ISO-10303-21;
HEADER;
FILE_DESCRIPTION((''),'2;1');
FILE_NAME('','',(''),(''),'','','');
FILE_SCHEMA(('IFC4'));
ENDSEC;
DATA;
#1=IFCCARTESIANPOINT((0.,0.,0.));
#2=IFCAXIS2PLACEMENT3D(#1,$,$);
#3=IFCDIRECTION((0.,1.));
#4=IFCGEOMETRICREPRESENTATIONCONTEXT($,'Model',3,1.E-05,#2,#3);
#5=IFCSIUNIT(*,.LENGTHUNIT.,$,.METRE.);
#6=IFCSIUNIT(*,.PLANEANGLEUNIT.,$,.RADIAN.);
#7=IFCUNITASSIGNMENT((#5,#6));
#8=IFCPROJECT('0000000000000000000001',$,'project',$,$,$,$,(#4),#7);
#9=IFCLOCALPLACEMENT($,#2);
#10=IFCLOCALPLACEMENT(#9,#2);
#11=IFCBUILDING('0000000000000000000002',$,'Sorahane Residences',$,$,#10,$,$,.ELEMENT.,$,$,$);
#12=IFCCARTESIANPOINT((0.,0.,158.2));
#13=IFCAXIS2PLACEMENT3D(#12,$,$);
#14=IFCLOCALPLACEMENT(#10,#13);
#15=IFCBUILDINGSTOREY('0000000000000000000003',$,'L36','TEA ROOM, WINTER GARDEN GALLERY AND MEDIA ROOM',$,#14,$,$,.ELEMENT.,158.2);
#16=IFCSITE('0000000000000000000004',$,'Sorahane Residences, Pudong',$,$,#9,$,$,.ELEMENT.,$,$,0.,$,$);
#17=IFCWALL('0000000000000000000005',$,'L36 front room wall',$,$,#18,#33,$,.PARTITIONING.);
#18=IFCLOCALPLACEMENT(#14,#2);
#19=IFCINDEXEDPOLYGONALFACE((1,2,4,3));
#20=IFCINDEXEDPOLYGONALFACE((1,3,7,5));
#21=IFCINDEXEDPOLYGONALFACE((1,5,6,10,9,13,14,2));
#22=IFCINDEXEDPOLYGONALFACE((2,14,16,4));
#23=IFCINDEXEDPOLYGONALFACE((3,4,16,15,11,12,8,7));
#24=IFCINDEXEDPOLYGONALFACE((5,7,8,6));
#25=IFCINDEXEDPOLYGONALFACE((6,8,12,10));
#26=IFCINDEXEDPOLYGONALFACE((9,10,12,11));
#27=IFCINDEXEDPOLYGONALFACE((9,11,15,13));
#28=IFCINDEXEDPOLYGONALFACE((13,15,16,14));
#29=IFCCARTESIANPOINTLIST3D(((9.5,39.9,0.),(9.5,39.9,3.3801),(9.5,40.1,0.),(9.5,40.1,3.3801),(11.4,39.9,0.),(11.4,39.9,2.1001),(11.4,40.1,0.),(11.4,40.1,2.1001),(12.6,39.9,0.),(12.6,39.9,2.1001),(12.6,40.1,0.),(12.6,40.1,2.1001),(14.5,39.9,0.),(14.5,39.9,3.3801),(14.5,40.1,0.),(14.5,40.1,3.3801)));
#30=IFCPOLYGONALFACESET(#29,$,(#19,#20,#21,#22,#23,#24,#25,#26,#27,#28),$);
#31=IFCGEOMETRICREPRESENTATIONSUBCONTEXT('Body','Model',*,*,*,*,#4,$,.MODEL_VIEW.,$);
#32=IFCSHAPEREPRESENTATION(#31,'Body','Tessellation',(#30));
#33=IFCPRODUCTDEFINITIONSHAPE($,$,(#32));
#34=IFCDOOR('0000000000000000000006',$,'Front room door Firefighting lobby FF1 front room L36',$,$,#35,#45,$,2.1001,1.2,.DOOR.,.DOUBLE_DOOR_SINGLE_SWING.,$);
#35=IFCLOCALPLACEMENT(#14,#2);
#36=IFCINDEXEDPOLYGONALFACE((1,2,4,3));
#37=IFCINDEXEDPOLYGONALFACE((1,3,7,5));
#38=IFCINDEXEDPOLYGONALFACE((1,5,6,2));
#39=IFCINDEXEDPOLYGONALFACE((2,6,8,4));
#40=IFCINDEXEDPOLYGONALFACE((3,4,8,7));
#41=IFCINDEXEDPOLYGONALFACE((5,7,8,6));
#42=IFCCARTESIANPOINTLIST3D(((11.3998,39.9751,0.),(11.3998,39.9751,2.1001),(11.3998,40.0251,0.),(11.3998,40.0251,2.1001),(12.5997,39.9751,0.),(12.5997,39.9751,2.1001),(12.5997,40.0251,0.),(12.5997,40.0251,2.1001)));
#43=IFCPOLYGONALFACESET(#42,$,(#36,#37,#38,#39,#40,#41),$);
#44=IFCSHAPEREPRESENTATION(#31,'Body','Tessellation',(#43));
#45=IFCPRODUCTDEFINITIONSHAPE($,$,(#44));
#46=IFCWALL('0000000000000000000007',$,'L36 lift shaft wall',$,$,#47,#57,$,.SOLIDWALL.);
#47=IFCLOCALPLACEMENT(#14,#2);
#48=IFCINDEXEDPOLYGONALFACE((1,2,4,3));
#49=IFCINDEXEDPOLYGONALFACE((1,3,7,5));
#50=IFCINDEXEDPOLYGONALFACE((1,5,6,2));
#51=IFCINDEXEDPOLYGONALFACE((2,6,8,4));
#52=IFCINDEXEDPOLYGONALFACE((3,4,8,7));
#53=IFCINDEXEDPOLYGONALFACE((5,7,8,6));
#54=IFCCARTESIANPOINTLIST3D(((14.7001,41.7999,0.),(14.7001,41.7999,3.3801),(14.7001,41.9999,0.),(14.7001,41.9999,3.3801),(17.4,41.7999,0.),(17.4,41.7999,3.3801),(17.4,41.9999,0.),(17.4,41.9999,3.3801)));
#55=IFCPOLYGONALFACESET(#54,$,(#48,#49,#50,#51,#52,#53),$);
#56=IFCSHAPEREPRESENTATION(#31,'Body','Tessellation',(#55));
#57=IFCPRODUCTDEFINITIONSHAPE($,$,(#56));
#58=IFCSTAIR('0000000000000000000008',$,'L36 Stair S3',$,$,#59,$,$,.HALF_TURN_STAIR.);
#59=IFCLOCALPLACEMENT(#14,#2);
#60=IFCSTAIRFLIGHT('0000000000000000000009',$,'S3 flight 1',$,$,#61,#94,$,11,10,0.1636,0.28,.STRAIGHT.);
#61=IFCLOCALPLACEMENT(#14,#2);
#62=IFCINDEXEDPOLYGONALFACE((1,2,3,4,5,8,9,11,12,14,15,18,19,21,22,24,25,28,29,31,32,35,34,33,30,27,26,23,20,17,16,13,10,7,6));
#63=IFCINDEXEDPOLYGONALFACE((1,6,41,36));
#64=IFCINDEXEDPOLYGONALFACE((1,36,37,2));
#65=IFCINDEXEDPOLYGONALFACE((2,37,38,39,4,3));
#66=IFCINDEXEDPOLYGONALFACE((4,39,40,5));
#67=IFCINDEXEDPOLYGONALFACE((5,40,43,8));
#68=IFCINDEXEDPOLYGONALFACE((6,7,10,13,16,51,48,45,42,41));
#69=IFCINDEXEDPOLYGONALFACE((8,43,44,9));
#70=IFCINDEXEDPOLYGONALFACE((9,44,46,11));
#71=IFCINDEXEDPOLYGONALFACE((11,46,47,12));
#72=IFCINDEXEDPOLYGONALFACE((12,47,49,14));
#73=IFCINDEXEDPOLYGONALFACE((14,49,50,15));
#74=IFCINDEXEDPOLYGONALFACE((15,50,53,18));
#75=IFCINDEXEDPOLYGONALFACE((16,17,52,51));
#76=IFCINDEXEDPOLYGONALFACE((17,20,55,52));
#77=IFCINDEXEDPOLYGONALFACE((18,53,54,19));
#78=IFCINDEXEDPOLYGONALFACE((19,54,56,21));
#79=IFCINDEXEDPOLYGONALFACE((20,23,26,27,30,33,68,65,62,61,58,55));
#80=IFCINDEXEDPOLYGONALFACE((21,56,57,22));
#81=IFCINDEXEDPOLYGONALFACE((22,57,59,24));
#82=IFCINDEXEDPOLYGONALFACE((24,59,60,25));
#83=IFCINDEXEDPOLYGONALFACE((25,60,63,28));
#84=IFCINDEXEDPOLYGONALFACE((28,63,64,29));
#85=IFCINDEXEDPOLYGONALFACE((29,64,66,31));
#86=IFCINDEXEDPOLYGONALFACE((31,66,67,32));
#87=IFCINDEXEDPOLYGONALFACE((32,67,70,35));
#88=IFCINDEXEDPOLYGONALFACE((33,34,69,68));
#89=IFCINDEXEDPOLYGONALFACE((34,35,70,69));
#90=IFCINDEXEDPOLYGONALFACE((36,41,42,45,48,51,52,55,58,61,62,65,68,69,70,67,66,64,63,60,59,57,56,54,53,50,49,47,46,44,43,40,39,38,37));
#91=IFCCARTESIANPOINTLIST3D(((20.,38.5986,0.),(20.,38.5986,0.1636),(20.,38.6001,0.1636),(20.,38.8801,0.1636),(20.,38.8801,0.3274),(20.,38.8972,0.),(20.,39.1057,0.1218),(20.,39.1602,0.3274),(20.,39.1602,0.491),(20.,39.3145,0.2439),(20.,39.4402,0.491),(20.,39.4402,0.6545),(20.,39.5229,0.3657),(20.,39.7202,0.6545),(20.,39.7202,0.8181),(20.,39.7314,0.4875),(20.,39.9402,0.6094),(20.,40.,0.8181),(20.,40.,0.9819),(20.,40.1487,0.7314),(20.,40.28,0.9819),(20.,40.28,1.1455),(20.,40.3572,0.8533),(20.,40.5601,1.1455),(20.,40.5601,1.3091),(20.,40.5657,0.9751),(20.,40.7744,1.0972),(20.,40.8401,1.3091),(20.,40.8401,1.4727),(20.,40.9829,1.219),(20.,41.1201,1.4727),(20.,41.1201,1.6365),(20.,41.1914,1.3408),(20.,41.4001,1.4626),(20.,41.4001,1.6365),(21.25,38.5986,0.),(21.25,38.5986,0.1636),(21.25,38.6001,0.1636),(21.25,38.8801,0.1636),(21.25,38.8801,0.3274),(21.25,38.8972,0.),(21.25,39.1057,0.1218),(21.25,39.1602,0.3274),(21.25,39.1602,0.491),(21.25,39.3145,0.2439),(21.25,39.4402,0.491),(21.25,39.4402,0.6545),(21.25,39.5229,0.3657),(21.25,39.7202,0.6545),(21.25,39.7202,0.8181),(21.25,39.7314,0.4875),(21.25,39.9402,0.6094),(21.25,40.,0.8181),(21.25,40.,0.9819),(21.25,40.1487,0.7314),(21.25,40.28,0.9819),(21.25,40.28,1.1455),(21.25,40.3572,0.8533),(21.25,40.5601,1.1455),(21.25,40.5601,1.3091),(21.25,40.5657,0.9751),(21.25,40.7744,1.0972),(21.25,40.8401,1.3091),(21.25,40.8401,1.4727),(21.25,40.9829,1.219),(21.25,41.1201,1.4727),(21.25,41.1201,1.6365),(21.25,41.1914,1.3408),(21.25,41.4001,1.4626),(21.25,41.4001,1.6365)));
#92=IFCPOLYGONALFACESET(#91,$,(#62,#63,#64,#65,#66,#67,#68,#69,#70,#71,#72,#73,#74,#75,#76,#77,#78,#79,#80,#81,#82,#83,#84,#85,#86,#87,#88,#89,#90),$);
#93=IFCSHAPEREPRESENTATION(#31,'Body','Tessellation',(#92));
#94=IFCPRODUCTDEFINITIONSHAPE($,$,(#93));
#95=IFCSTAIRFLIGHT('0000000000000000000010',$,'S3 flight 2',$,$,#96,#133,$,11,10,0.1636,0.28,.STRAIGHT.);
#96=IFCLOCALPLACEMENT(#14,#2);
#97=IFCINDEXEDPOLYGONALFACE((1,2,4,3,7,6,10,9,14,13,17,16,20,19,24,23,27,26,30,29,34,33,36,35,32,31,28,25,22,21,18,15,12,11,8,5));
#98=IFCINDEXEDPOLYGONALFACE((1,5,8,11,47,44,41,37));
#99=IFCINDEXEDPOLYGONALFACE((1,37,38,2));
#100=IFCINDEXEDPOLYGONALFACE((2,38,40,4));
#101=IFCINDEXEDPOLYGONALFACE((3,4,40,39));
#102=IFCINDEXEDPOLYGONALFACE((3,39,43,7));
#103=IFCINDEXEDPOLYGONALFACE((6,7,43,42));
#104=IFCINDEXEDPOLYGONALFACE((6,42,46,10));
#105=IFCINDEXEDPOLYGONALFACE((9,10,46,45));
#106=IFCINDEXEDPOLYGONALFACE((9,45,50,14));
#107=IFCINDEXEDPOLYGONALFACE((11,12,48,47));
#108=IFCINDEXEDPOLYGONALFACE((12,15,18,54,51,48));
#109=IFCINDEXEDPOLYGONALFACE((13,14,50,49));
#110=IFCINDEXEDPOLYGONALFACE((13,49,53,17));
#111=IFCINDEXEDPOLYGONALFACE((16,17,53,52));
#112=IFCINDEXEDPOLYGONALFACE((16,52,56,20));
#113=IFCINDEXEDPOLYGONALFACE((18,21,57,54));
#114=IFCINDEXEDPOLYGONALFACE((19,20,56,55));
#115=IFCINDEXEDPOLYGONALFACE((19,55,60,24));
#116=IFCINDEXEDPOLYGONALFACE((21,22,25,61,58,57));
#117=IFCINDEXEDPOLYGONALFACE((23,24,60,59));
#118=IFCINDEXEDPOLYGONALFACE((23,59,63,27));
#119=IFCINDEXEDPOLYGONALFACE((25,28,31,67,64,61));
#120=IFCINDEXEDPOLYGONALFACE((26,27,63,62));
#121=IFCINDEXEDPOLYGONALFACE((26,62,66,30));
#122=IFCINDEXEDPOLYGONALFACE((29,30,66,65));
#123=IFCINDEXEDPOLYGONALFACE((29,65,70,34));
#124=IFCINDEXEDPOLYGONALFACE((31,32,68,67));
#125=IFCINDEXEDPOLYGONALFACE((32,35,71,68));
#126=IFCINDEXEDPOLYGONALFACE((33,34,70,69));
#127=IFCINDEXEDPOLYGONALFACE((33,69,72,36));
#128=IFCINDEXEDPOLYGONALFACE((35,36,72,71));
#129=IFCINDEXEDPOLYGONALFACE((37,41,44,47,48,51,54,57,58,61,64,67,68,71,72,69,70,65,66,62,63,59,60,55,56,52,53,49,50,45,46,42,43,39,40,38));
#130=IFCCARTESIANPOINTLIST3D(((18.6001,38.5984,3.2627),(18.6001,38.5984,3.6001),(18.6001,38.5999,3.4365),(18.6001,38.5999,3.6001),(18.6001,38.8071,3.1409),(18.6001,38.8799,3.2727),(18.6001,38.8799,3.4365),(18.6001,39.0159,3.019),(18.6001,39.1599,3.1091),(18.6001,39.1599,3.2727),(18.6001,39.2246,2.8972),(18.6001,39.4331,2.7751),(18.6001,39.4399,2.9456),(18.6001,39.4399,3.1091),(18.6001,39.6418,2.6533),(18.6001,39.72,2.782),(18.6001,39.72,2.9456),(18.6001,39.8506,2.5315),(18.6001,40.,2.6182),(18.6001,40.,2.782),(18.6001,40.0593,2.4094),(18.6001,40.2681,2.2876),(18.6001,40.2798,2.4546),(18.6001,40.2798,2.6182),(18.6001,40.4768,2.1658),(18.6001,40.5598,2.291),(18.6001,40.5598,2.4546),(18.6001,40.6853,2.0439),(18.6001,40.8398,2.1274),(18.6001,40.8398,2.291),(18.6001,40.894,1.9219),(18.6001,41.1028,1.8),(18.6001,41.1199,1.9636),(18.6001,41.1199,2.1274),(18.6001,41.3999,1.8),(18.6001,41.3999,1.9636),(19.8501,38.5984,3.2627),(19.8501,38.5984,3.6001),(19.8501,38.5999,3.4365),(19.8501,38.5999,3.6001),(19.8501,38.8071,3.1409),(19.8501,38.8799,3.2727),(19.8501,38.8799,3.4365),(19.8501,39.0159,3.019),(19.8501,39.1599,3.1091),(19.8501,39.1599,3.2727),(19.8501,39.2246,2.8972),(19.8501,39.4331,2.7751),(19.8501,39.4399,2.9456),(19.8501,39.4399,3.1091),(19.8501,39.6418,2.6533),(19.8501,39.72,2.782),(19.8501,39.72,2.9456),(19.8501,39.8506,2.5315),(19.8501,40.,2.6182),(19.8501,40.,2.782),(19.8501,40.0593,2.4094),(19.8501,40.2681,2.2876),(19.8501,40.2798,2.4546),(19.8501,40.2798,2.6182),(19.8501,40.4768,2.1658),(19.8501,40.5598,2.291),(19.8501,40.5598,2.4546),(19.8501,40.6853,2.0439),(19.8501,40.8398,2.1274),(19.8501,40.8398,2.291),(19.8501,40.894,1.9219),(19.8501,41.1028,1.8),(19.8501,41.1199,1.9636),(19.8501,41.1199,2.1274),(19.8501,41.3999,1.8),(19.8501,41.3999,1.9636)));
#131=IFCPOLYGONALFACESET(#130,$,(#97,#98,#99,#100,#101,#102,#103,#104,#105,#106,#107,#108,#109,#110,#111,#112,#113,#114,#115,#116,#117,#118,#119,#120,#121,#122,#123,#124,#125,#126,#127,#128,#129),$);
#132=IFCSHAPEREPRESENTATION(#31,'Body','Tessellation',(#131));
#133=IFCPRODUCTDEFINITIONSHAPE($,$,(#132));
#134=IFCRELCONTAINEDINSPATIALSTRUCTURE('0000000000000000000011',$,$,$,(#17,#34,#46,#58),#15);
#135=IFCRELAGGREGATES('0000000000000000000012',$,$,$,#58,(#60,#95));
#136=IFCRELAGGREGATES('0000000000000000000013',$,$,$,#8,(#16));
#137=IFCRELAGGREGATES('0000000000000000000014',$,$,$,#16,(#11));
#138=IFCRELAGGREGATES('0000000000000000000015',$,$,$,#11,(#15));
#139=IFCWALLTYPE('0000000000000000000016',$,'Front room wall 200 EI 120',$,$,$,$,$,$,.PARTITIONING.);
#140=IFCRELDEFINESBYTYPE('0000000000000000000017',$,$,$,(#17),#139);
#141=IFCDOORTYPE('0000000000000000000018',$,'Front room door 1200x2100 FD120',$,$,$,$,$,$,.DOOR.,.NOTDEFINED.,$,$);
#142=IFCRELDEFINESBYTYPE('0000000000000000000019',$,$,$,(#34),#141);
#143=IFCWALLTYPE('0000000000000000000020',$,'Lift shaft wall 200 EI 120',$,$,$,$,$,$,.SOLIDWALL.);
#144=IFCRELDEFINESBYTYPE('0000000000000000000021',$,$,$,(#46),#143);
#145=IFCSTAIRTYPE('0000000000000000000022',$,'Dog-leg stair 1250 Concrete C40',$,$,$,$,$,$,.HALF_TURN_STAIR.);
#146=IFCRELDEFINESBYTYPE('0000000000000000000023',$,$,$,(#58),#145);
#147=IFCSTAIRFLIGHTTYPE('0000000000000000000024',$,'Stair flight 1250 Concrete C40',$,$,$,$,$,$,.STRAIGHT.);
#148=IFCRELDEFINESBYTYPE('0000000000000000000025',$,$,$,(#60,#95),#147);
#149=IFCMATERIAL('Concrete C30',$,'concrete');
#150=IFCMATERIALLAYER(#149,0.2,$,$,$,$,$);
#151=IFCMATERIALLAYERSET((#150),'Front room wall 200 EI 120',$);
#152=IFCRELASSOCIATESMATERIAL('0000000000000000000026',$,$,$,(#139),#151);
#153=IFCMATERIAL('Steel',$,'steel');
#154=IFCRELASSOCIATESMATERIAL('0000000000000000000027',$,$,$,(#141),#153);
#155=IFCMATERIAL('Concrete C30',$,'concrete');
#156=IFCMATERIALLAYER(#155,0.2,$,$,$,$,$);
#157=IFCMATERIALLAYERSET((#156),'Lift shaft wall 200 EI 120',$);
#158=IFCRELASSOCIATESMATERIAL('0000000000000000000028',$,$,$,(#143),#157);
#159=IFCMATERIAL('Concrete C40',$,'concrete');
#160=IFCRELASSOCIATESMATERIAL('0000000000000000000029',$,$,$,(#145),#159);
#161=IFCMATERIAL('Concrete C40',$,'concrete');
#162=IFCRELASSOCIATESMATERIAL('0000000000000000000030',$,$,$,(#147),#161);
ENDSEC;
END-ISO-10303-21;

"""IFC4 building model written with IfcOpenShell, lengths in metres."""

from ifc_helpers import new_model, si_unit, direction, frame, frame_2d, origin, place, context, subcontext, project, spatial, polyline, rectangle, outline, extrude, material, layer, layer_set, type_object, element, fill, aggregate, save


model = new_model("IFC4")

# Units and contexts
model_context = context("Model", 3, precision=1e-05, world=origin(), true_north=direction((0.0, 1.0)))
body_context = subcontext(model_context, "Body", "Model", "MODEL_VIEW")
ifc_project = project(units=[si_unit("LENGTHUNIT", "METRE"), si_unit("PLANEANGLEUNIT", "RADIAN")], contexts=[model_context])

# Site, building, storey
site_placement = place(None, origin())
site = spatial("IfcSite", under=ifc_project, at=site_placement, Name="Sorahane Residences, Pudong", CompositionType="ELEMENT", RefElevation=0.0)
building_placement = place(site_placement, origin())
building = spatial("IfcBuilding", under=site, at=building_placement, Name="Sorahane Residences", CompositionType="ELEMENT")
storey_placement = place(building_placement, frame((0.0, 0.0, 158.2)))
storey = spatial("IfcBuildingStorey", under=building, at=storey_placement, Name="L36", Description="TEA ROOM, WINTER GARDEN GALLERY AND MEDIA ROOM", CompositionType="ELEMENT", Elevation=158.2)

# Wall, opening, door
ifc_material_1 = material(Name="Concrete C30", Category="concrete")
ifc_layer_1 = layer(ifc_material_1, 0.2)
ifc_layer_set_1 = layer_set([ifc_layer_1], Name="Front room wall 200 EI 120")
wall_type_1 = type_object("IfcWallType", Name="Front room wall 200 EI 120", PredefinedType="PARTITIONING", material=ifc_layer_set_1)
ifc_material_2 = material(Name="Steel", Category="steel")
door_type = type_object("IfcDoorType", Name="Front room door 1200x2100 FD120", OperationType="NOTDEFINED", PredefinedType="DOOR", material=ifc_material_2)
wall_1_placement = place(storey_placement, frame((9.5, 40.0, 0.0), z_axis=(0.0, 0.0, 1.0), x_axis=(1.0, 0.0, 0.0)))
wall_1 = element("IfcWall", 1, at=wall_1_placement, inside=storey, type_object=wall_type_1, Name="L36 front room wall", PredefinedType="PARTITIONING", context=body_context, shape_type="SweptSolid", body=[
    extrude(rectangle(XDim=5.0, YDim=0.2, at=frame_2d((2.5, 0.0))), origin(), (0.0, 0.0, 1.0), 3.3801),
])
opening_1_placement = place(wall_1_placement, frame((1.8999, 0.0, 0.0)))
opening_1 = element("IfcOpeningElement", 2, at=opening_1_placement, cuts=wall_1, PredefinedType="OPENING", context=body_context, shape_type="SweptSolid", body=[
    extrude(rectangle(XDim=1.2, YDim=2.1001, at=frame_2d((0.6001, 1.05))), frame((0.0, 0.1099, 0.0), z_axis=(0.0, -1.0, 0.0), x_axis=(1.0, 0.0, 0.0)), (0.0, 0.0, 1.0), 0.22),
])
door_1_placement = place(opening_1_placement, frame((1.2, 0.0, 0.0), z_axis=(0.0, 0.0, 1.0), x_axis=(-1.0, 0.0, 0.0)))
door_1 = element("IfcDoor", 3, at=door_1_placement, inside=storey, type_object=door_type, Name="Front room door Firefighting lobby FF1 front room L36", OperationType="DOUBLE_DOOR_SINGLE_SWING", OverallHeight=2.1001, OverallWidth=1.2, PredefinedType="DOOR", context=body_context, shape_type="SweptSolid", body=[
    extrude(rectangle(XDim=1.2, YDim=2.1001, at=frame_2d((0.6001, 1.05))), frame((0.0, 0.0249, 0.0), z_axis=(0.0, -1.0, 0.0), x_axis=(1.0, 0.0, 0.0)), (0.0, 0.0, 1.0), 0.05),
])
fill(opening_1, door_1)

# Wall
ifc_material_3 = material(Name="Concrete C30", Category="concrete")
ifc_layer_2 = layer(ifc_material_3, 0.2)
ifc_layer_set_2 = layer_set([ifc_layer_2], Name="Lift shaft wall 200 EI 120")
wall_type_2 = type_object("IfcWallType", Name="Lift shaft wall 200 EI 120", PredefinedType="SOLIDWALL", material=ifc_layer_set_2)
wall_2_placement = place(storey_placement, frame((14.7, 41.8999, 0.0), z_axis=(0.0, 0.0, 1.0), x_axis=(1.0, 0.0, 0.0)))
element("IfcWall", 4, at=wall_2_placement, inside=storey, type_object=wall_type_2, Name="L36 lift shaft wall", PredefinedType="SOLIDWALL", context=body_context, shape_type="SweptSolid", body=[
    extrude(rectangle(XDim=2.7, YDim=0.2, at=frame_2d((1.3501, 0.0))), origin(), (0.0, 0.0, 1.0), 3.3801),
])

# Stair, stair flights
ifc_material_4 = material(Name="Concrete C40", Category="concrete")
stair_type = type_object("IfcStairType", Name="Dog-leg stair 1250 Concrete C40", PredefinedType="HALF_TURN_STAIR", material=ifc_material_4)
stair_placement = place(storey_placement, origin())
stair = element("IfcStair", 5, at=stair_placement, inside=storey, type_object=stair_type, Name="L36 Stair S3", PredefinedType="HALF_TURN_STAIR")
ifc_material_5 = material(Name="Concrete C40", Category="concrete")
stair_flight_type = type_object("IfcStairFlightType", Name="Stair flight 1250 Concrete C40", PredefinedType="STRAIGHT", material=ifc_material_5)
stair_flight_1_placement = place(storey_placement, frame((20.625, 38.6001, 0.0), z_axis=(0.0, 0.0, 1.0), x_axis=(0.0, 1.0, 0.0)))
stair_flight_1 = element("IfcStairFlight", 6, at=stair_flight_1_placement, type_object=stair_flight_type, Name="S3 flight 1", NumberOfRisers=11, NumberOfTreads=10, PredefinedType="STRAIGHT", RiserHeight=0.1636, TreadLength=0.28, context=body_context, shape_type="SweptSolid", body=[
    extrude(outline(polyline([(-0.0015, 0.0), (-0.0015, 0.1636), (0.0, 0.1636), (0.28, 0.1636), (0.28, 0.3274), (0.5601, 0.3274), (0.5601, 0.491), (0.8401, 0.491), (0.8401, 0.6545), (1.1201, 0.6545), (1.1201, 0.8181), (1.3999, 0.8181), (1.3999, 0.9819), (1.6799, 0.9819), (1.6799, 1.1455), (1.96, 1.1455), (1.96, 1.3091), (2.24, 1.3091), (2.24, 1.4727), (2.52, 1.4727), (2.52, 1.6365), (2.8, 1.6365), (2.8, 1.8), (2.8, 1.4626), (2.5913, 1.3408), (2.3828, 1.219), (2.1743, 1.0972), (1.9656, 0.9751), (1.7571, 0.8533), (1.5486, 0.7314), (1.3401, 0.6094), (1.1313, 0.4875), (0.9229, 0.3657), (0.7144, 0.2439), (0.5056, 0.1218), (0.2971, 0.0), (-0.0015, 0.0)])), frame((0.0, 0.625, 0.0), z_axis=(0.0, -1.0, 0.0), x_axis=(1.0, 0.0, 0.0)), (0.0, 0.0, 1.0), 1.25),
])
stair_flight_2_placement = place(storey_placement, frame((19.2251, 41.3999, 1.8), z_axis=(0.0, 0.0, 1.0), x_axis=(0.0, -1.0, 0.0)))
stair_flight_2 = element("IfcStairFlight", 7, at=stair_flight_2_placement, type_object=stair_flight_type, Name="S3 flight 2", NumberOfRisers=11, NumberOfTreads=10, PredefinedType="STRAIGHT", RiserHeight=0.1636, TreadLength=0.28, context=body_context, shape_type="SweptSolid", body=[
    extrude(outline(polyline([(0.0, 0.0), (0.0, 0.1636), (0.28, 0.1636), (0.28, 0.3274), (0.5601, 0.3274), (0.5601, 0.491), (0.8401, 0.491), (0.8401, 0.6545), (1.1201, 0.6545), (1.1201, 0.8181), (1.3999, 0.8181), (1.3999, 0.9819), (1.6799, 0.9819), (1.6799, 1.1455), (1.96, 1.1455), (1.96, 1.3091), (2.24, 1.3091), (2.24, 1.4727), (2.52, 1.4727), (2.52, 1.6365), (2.8, 1.6365), (2.8, 1.8), (2.8015, 1.8), (2.8015, 1.4626), (2.5928, 1.3408), (2.384, 1.219), (2.1753, 1.0972), (1.9668, 0.9751), (1.7581, 0.8533), (1.5493, 0.7314), (1.3406, 0.6094), (1.1318, 0.4875), (0.9231, 0.3657), (0.7146, 0.2439), (0.5059, 0.1218), (0.2971, 0.0), (0.0, 0.0)])), frame((0.0, 0.625, 0.0), z_axis=(0.0, -1.0, 0.0), x_axis=(1.0, 0.0, 0.0)), (0.0, 0.0, 1.0), 1.25),
])
aggregate(stair, [stair_flight_1, stair_flight_2])

save(model, "model.ifc")
